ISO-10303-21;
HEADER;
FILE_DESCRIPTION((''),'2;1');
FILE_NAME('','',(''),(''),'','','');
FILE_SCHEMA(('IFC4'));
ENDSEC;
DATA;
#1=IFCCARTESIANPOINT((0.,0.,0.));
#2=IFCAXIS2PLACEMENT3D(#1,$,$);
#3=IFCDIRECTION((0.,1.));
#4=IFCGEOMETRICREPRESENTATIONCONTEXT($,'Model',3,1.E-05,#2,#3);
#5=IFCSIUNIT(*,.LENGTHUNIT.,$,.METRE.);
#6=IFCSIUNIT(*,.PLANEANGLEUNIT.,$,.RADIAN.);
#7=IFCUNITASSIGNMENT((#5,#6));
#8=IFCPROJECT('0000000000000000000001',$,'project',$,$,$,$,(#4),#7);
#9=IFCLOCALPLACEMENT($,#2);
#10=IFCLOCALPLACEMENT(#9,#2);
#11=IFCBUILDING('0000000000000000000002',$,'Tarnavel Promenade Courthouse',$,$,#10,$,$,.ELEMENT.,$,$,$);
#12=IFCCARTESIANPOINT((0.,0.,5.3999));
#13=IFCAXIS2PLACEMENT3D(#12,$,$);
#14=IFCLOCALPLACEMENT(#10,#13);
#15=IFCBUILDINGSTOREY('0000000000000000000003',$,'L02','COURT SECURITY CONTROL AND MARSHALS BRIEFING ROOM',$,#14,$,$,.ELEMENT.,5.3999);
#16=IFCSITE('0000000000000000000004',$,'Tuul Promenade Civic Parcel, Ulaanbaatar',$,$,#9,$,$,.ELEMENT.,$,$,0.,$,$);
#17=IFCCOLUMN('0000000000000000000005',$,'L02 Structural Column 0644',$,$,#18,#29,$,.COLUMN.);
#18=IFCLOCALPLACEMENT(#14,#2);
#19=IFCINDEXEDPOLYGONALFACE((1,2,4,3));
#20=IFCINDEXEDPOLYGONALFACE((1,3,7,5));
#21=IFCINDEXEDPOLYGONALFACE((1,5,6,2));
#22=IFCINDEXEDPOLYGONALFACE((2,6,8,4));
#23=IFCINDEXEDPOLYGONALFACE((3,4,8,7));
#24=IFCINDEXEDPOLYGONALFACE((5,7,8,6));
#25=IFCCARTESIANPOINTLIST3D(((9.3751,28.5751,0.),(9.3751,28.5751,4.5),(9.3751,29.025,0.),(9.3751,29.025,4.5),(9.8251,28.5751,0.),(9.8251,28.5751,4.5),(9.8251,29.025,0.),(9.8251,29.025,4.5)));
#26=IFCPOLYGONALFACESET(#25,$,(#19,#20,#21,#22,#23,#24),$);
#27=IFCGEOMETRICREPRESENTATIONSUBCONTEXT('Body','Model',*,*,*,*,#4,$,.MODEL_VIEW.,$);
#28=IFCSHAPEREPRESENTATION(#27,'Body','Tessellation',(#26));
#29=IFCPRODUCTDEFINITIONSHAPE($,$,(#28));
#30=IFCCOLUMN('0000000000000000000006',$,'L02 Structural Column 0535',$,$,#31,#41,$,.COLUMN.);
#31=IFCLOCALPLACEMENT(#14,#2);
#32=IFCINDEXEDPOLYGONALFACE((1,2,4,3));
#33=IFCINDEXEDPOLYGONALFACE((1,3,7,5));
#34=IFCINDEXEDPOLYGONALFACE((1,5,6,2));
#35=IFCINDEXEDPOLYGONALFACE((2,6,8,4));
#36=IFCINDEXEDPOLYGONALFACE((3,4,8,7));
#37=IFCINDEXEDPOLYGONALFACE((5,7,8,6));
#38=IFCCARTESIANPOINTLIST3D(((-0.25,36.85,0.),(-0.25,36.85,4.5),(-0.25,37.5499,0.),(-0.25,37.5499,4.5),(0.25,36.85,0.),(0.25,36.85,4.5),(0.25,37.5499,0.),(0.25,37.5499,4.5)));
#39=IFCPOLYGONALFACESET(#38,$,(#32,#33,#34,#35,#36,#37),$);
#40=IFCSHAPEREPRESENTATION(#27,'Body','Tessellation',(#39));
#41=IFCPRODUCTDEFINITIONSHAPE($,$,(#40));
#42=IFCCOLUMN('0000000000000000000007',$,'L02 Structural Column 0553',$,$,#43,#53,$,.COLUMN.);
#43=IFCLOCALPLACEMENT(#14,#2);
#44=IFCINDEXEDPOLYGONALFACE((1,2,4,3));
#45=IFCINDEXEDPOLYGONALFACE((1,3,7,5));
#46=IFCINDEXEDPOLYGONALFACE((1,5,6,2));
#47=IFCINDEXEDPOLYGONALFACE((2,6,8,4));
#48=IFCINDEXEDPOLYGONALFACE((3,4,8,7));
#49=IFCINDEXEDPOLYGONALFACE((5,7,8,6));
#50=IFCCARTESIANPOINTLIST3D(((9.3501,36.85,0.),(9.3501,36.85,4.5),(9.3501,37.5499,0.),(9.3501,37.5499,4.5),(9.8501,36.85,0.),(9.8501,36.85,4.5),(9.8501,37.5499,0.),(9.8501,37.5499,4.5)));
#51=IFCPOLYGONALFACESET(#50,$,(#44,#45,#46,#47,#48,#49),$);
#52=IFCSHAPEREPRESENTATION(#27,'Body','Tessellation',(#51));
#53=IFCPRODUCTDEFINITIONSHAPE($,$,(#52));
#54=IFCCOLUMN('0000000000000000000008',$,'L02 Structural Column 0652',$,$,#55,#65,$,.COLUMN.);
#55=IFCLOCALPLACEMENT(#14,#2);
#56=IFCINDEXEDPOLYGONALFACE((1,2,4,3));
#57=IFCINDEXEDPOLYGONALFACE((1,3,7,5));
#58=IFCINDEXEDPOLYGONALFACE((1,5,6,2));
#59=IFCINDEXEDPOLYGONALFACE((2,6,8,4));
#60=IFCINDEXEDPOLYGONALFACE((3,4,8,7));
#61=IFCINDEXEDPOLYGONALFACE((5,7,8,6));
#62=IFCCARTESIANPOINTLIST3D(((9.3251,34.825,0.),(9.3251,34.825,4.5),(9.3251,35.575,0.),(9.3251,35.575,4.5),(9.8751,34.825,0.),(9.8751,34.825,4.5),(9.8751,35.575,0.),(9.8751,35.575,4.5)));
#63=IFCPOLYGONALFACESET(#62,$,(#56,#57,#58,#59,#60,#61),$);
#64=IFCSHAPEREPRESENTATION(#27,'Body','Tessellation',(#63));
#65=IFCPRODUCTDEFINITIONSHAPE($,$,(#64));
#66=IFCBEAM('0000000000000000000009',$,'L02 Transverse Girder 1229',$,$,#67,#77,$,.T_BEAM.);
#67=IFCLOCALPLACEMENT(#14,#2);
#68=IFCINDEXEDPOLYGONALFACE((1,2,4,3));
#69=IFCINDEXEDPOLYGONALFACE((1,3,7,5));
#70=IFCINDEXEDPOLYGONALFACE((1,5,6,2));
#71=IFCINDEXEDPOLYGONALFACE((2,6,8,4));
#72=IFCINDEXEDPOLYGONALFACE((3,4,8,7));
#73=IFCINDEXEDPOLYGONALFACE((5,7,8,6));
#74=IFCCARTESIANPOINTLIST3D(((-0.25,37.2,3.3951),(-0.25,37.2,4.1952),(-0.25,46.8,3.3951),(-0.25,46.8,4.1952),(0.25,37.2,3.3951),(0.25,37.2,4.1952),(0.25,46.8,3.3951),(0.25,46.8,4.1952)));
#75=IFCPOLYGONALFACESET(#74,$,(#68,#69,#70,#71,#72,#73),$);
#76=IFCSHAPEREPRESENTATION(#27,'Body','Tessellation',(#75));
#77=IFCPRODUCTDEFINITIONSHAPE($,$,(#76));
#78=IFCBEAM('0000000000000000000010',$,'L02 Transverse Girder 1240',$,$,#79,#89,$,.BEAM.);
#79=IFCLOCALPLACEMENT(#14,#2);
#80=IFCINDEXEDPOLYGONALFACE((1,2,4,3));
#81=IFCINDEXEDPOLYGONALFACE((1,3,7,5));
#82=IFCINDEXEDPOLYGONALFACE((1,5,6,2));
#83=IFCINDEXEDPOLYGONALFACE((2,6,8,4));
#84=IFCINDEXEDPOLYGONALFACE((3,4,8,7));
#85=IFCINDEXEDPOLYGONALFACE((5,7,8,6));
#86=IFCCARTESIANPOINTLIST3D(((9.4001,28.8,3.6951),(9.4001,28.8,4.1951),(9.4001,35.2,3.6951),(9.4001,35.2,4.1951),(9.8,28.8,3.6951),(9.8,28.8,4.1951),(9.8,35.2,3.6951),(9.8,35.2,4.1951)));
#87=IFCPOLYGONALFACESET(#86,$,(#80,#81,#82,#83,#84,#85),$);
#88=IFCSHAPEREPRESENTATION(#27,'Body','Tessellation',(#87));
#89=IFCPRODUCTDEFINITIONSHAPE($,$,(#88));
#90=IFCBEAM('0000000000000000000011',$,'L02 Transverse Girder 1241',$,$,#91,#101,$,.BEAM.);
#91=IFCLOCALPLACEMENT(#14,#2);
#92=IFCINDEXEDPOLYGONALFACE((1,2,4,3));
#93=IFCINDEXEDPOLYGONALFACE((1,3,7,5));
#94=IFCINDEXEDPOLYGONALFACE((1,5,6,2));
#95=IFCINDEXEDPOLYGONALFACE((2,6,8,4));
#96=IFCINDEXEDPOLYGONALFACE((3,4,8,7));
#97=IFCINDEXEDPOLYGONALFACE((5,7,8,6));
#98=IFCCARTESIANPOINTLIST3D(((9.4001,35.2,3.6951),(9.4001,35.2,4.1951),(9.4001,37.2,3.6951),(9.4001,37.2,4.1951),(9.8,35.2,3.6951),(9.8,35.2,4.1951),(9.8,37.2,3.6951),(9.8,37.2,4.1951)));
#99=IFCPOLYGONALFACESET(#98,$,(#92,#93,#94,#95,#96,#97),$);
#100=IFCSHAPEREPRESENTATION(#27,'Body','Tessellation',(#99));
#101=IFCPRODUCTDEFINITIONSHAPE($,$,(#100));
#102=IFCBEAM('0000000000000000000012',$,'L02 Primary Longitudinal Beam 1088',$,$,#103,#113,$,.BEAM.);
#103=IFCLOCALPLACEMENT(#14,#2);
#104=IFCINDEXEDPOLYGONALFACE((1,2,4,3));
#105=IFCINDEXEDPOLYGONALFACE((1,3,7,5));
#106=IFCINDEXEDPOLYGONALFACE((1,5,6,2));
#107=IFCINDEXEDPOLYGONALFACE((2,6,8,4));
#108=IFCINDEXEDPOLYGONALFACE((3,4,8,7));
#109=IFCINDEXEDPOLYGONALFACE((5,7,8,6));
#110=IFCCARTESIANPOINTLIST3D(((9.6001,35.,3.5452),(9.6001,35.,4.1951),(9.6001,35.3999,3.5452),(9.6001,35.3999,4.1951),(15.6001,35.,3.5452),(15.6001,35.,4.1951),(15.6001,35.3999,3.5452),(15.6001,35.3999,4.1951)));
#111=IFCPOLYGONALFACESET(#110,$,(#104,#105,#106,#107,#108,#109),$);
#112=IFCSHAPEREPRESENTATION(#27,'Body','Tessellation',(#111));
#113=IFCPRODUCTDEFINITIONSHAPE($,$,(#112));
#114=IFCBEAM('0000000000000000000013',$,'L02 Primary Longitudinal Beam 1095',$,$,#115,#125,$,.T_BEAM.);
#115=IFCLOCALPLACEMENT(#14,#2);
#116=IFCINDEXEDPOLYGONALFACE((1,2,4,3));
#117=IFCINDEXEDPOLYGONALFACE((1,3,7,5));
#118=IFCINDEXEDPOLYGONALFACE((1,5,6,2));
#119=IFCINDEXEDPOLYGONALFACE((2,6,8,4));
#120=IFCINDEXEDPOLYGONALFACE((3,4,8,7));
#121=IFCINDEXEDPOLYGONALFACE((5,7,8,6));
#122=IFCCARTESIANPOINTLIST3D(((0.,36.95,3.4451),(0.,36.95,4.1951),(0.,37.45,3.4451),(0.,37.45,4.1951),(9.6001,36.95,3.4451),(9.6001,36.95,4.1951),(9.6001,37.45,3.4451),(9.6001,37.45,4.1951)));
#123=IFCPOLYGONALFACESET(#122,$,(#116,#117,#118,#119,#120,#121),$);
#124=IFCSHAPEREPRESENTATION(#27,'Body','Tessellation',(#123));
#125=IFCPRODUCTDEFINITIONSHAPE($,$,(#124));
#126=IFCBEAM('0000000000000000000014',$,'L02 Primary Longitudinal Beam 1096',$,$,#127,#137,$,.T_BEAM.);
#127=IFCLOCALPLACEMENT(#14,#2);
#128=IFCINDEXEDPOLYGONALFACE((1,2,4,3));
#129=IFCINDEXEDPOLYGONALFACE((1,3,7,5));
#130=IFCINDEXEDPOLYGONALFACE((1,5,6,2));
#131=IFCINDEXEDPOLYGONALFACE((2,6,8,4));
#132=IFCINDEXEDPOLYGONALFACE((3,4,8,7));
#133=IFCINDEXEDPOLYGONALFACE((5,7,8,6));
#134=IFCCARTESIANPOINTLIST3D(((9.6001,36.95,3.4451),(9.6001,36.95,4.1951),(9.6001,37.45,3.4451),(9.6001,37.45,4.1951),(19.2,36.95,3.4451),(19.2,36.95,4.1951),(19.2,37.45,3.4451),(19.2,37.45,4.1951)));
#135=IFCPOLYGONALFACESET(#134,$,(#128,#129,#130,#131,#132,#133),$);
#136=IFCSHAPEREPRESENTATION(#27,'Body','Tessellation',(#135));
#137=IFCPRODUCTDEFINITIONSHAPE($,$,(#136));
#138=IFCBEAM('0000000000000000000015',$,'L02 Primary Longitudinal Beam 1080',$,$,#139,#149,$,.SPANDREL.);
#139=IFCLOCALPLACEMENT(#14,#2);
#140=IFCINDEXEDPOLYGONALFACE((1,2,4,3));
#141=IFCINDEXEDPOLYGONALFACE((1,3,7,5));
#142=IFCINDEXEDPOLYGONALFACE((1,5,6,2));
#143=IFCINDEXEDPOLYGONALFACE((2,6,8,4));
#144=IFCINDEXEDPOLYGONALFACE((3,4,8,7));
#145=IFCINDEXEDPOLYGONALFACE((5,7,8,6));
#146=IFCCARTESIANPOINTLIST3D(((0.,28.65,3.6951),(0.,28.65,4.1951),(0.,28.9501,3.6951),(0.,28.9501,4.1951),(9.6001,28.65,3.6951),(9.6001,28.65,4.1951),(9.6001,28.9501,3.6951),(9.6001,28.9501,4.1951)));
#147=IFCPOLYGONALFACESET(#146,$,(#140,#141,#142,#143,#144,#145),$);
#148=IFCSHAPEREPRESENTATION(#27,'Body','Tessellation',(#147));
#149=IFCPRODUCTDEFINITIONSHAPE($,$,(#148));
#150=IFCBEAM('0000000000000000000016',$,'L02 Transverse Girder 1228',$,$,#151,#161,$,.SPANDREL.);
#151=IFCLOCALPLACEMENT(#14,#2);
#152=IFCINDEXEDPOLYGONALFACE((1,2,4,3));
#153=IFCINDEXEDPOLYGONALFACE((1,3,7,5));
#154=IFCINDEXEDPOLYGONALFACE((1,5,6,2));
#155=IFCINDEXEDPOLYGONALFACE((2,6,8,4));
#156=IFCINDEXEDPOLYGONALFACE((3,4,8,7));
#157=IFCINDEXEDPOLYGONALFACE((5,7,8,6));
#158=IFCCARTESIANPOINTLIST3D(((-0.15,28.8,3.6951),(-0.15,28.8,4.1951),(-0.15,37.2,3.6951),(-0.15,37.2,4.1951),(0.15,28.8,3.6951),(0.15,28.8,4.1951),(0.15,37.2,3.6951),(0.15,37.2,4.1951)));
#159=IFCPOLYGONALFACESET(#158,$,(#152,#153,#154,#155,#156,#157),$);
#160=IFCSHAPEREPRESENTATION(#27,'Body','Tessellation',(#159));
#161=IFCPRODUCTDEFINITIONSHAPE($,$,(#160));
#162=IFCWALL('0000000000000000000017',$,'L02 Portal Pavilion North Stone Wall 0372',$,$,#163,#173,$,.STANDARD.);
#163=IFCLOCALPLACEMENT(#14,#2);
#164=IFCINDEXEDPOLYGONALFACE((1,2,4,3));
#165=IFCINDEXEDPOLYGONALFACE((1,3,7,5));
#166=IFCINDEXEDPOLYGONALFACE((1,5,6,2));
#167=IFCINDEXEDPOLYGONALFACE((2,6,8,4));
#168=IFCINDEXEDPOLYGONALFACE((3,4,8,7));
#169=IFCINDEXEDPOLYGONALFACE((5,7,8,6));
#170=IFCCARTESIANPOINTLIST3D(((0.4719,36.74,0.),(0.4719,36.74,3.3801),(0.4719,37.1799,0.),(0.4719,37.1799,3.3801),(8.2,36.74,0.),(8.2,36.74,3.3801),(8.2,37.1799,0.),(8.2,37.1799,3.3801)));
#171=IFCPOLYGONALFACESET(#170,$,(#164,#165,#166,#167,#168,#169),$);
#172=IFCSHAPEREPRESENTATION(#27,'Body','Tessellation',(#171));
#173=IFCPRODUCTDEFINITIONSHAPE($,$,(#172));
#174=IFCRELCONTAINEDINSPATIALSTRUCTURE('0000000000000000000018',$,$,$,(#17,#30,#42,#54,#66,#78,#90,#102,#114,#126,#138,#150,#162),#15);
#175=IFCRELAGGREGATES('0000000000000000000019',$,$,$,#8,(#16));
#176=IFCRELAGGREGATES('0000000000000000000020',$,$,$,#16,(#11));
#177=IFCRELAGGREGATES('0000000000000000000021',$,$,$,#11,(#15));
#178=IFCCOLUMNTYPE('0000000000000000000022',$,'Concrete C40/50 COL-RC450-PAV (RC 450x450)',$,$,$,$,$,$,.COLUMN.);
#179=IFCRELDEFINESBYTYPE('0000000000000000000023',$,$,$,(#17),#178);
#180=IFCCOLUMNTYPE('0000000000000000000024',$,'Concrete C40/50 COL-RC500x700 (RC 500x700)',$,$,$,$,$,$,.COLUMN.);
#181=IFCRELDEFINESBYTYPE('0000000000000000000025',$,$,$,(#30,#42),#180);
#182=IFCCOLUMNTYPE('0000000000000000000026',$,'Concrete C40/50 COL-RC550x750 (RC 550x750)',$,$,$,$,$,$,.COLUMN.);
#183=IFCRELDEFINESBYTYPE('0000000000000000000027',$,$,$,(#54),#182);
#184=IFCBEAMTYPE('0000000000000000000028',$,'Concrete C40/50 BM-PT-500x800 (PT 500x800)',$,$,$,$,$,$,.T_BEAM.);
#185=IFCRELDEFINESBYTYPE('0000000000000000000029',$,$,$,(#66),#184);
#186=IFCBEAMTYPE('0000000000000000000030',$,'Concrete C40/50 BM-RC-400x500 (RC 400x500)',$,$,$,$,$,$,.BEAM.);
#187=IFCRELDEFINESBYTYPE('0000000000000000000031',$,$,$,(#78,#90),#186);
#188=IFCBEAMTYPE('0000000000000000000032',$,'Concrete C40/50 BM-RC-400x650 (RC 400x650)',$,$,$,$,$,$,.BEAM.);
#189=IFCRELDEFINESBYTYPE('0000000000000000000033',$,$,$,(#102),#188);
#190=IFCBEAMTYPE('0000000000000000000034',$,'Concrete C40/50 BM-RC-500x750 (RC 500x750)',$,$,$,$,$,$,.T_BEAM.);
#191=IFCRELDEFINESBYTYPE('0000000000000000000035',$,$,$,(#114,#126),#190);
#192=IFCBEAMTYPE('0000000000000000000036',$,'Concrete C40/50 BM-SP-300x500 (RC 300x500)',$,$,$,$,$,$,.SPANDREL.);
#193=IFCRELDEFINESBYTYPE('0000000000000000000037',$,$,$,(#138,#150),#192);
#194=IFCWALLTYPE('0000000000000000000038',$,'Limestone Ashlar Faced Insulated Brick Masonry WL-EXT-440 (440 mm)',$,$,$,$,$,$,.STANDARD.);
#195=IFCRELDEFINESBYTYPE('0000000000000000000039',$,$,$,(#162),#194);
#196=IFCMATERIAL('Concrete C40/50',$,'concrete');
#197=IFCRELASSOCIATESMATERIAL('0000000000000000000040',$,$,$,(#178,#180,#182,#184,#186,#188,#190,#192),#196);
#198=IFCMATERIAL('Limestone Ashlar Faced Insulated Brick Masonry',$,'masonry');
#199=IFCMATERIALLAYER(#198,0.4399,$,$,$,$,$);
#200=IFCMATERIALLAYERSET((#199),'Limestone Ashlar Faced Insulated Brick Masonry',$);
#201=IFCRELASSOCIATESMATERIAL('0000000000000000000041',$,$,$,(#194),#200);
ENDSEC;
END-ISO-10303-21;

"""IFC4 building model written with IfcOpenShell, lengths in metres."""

from ifc_helpers import new_model, si_unit, direction, frame, frame_2d, origin, origin_2d, place, context, subcontext, project, spatial, rectangle, extrude, material, layer, layer_set, material_profile, profile_set, type_object, element, save


model = new_model("IFC4")

# Units and contexts
model_context = context("Model", 3, precision=1e-05, world=origin(), true_north=direction((0.0, 1.0)))
body_context = subcontext(model_context, "Body", "Model", "MODEL_VIEW")
ifc_project = project(units=[si_unit("LENGTHUNIT", "METRE"), si_unit("PLANEANGLEUNIT", "RADIAN")], contexts=[model_context])

# Site, building, storey
site_placement = place(None, origin())
site = spatial("IfcSite", under=ifc_project, at=site_placement, Name="Tuul Promenade Civic Parcel, Ulaanbaatar", CompositionType="ELEMENT", RefElevation=0.0)
building_placement = place(site_placement, origin())
building = spatial("IfcBuilding", under=site, at=building_placement, Name="Tarnavel Promenade Courthouse", CompositionType="ELEMENT")
storey_placement = place(building_placement, frame((0.0, 0.0, 5.3999)))
storey = spatial("IfcBuildingStorey", under=building, at=storey_placement, Name="L02", Description="COURT SECURITY CONTROL AND MARSHALS BRIEFING ROOM", CompositionType="ELEMENT", Elevation=5.3999)

# Columns
ifc_material_1 = material(Name="Concrete C40/50", Category="concrete")
ifc_material_profile_1 = material_profile(ifc_material_1, rectangle(XDim=0.45, YDim=0.45, at=origin_2d()), Name="RC 450x450")
ifc_profile_set_1 = profile_set([ifc_material_profile_1], Name="Concrete C40/50")
column_type_1 = type_object("IfcColumnType", Name="Concrete C40/50 COL-RC450-PAV (RC 450x450)", PredefinedType="COLUMN", material=ifc_profile_set_1)
column_1_placement = place(storey_placement, frame((9.6001, 28.8, 0.0), z_axis=(0.0, 0.0, 1.0), x_axis=(1.0, 0.0, 0.0)))
element("IfcColumn", 1, at=column_1_placement, inside=storey, type_object=column_type_1, Name="L02 Structural Column 0644", PredefinedType="COLUMN", context=body_context, shape_type="SweptSolid", body=[
    extrude(rectangle(XDim=0.45, YDim=0.45, at=origin_2d()), origin(), (0.0, 0.0, 1.0), 4.5),
])
ifc_material_profile_2 = material_profile(ifc_material_1, rectangle(XDim=0.5, YDim=0.7, at=origin_2d()), Name="RC 500x700")
ifc_profile_set_2 = profile_set([ifc_material_profile_2], Name="Concrete C40/50")
column_type_2 = type_object("IfcColumnType", Name="Concrete C40/50 COL-RC500x700 (RC 500x700)", PredefinedType="COLUMN", material=ifc_profile_set_2)
for number, where, z_axis, x_axis, name in (
    (2, (0.0, 37.2, 0.0), (0.0, 0.0, 1.0), (1.0, 0.0, 0.0), "L02 Structural Column 0535"),
    (3, (9.6001, 37.2, 0.0), (0.0, 0.0, 1.0), (1.0, 0.0, 0.0), "L02 Structural Column 0553"),
):
    element("IfcColumn", number, at=place(storey_placement, frame(where, z_axis=z_axis, x_axis=x_axis)), inside=storey, type_object=column_type_2, Name=name, PredefinedType="COLUMN", context=body_context, shape_type="SweptSolid", body=[
        extrude(rectangle(XDim=0.5, YDim=0.7, at=origin_2d()), origin(), (0.0, 0.0, 1.0), 4.5),
    ])
ifc_material_profile_3 = material_profile(ifc_material_1, rectangle(XDim=0.55, YDim=0.75, at=origin_2d()), Name="RC 550x750")
ifc_profile_set_3 = profile_set([ifc_material_profile_3], Name="Concrete C40/50")
column_type_3 = type_object("IfcColumnType", Name="Concrete C40/50 COL-RC550x750 (RC 550x750)", PredefinedType="COLUMN", material=ifc_profile_set_3)
column_2_placement = place(storey_placement, frame((9.6001, 35.2, 0.0), z_axis=(0.0, 0.0, 1.0), x_axis=(1.0, 0.0, 0.0)))
element("IfcColumn", 4, at=column_2_placement, inside=storey, type_object=column_type_3, Name="L02 Structural Column 0652", PredefinedType="COLUMN", context=body_context, shape_type="SweptSolid", body=[
    extrude(rectangle(XDim=0.55, YDim=0.75, at=origin_2d()), origin(), (0.0, 0.0, 1.0), 4.5),
])

# Beams
ifc_material_profile_4 = material_profile(ifc_material_1, rectangle(XDim=0.5, YDim=0.8, at=origin_2d()), Name="PT 500x800")
ifc_profile_set_4 = profile_set([ifc_material_profile_4], Name="Concrete C40/50")
beam_type_1 = type_object("IfcBeamType", Name="Concrete C40/50 BM-PT-500x800 (PT 500x800)", PredefinedType="T_BEAM", material=ifc_profile_set_4)
beam_1_placement = place(storey_placement, frame((0.0, 37.2, 3.7952), z_axis=(0.0, 1.0, 0.0), x_axis=(-1.0, 0.0, 0.0)))
element("IfcBeam", 5, at=beam_1_placement, inside=storey, type_object=beam_type_1, Name="L02 Transverse Girder 1229", PredefinedType="T_BEAM", context=body_context, shape_type="SweptSolid", body=[
    extrude(rectangle(XDim=0.5, YDim=0.8, at=origin_2d()), origin(), (0.0, 0.0, 1.0), 9.6001),
])
ifc_material_profile_5 = material_profile(ifc_material_1, rectangle(XDim=0.3999, YDim=0.5, at=origin_2d()), Name="RC 400x500")
ifc_profile_set_5 = profile_set([ifc_material_profile_5], Name="Concrete C40/50")
beam_type_2 = type_object("IfcBeamType", Name="Concrete C40/50 BM-RC-400x500 (RC 400x500)", PredefinedType="BEAM", material=ifc_profile_set_5)
beam_2_placement = place(storey_placement, frame((9.6001, 28.8, 3.9451), z_axis=(0.0, 1.0, 0.0), x_axis=(-1.0, 0.0, 0.0)))
element("IfcBeam", 6, at=beam_2_placement, inside=storey, type_object=beam_type_2, Name="L02 Transverse Girder 1240", PredefinedType="BEAM", context=body_context, shape_type="SweptSolid", body=[
    extrude(rectangle(XDim=0.3999, YDim=0.5, at=origin_2d()), origin(), (0.0, 0.0, 1.0), 6.3999),
])
beam_3_placement = place(storey_placement, frame((9.6001, 35.2, 3.9451), z_axis=(0.0, 1.0, 0.0), x_axis=(-1.0, 0.0, 0.0)))
element("IfcBeam", 7, at=beam_3_placement, inside=storey, type_object=beam_type_2, Name="L02 Transverse Girder 1241", PredefinedType="BEAM", context=body_context, shape_type="SweptSolid", body=[
    extrude(rectangle(XDim=0.3999, YDim=0.5, at=origin_2d()), origin(), (0.0, 0.0, 1.0), 2.0),
])
ifc_material_profile_6 = material_profile(ifc_material_1, rectangle(XDim=0.3999, YDim=0.6499, at=origin_2d()), Name="RC 400x650")
ifc_profile_set_6 = profile_set([ifc_material_profile_6], Name="Concrete C40/50")
beam_type_3 = type_object("IfcBeamType", Name="Concrete C40/50 BM-RC-400x650 (RC 400x650)", PredefinedType="BEAM", material=ifc_profile_set_6)
beam_4_placement = place(storey_placement, frame((9.6001, 35.2, 3.8701), z_axis=(1.0, 0.0, 0.0), x_axis=(0.0, 1.0, 0.0)))
element("IfcBeam", 8, at=beam_4_placement, inside=storey, type_object=beam_type_3, Name="L02 Primary Longitudinal Beam 1088", PredefinedType="BEAM", context=body_context, shape_type="SweptSolid", body=[
    extrude(rectangle(XDim=0.3999, YDim=0.6499, at=origin_2d()), origin(), (0.0, 0.0, 1.0), 6.0),
])
ifc_material_profile_7 = material_profile(ifc_material_1, rectangle(XDim=0.5, YDim=0.75, at=origin_2d()), Name="RC 500x750")
ifc_profile_set_7 = profile_set([ifc_material_profile_7], Name="Concrete C40/50")
beam_type_4 = type_object("IfcBeamType", Name="Concrete C40/50 BM-RC-500x750 (RC 500x750)", PredefinedType="T_BEAM", material=ifc_profile_set_7)
beam_5_placement = place(storey_placement, frame((0.0, 37.2, 3.8201), z_axis=(1.0, 0.0, 0.0), x_axis=(0.0, 1.0, 0.0)))
element("IfcBeam", 9, at=beam_5_placement, inside=storey, type_object=beam_type_4, Name="L02 Primary Longitudinal Beam 1095", PredefinedType="T_BEAM", context=body_context, shape_type="SweptSolid", body=[
    extrude(rectangle(XDim=0.5, YDim=0.75, at=origin_2d()), origin(), (0.0, 0.0, 1.0), 9.6001),
])
beam_6_placement = place(storey_placement, frame((9.6001, 37.2, 3.8201), z_axis=(1.0, 0.0, 0.0), x_axis=(0.0, 1.0, 0.0)))
element("IfcBeam", 10, at=beam_6_placement, inside=storey, type_object=beam_type_4, Name="L02 Primary Longitudinal Beam 1096", PredefinedType="T_BEAM", context=body_context, shape_type="SweptSolid", body=[
    extrude(rectangle(XDim=0.5, YDim=0.75, at=origin_2d()), origin(), (0.0, 0.0, 1.0), 9.5999),
])
ifc_material_profile_8 = material_profile(ifc_material_1, rectangle(XDim=0.3, YDim=0.5, at=origin_2d()), Name="RC 300x500")
ifc_profile_set_8 = profile_set([ifc_material_profile_8], Name="Concrete C40/50")
beam_type_5 = type_object("IfcBeamType", Name="Concrete C40/50 BM-SP-300x500 (RC 300x500)", PredefinedType="SPANDREL", material=ifc_profile_set_8)
beam_7_placement = place(storey_placement, frame((0.0, 28.8, 3.9451), z_axis=(1.0, 0.0, 0.0), x_axis=(0.0, 1.0, 0.0)))
element("IfcBeam", 11, at=beam_7_placement, inside=storey, type_object=beam_type_5, Name="L02 Primary Longitudinal Beam 1080", PredefinedType="SPANDREL", context=body_context, shape_type="SweptSolid", body=[
    extrude(rectangle(XDim=0.3, YDim=0.5, at=origin_2d()), origin(), (0.0, 0.0, 1.0), 9.6001),
])
beam_8_placement = place(storey_placement, frame((0.0, 28.8, 3.9451), z_axis=(0.0, 1.0, 0.0), x_axis=(-1.0, 0.0, 0.0)))
element("IfcBeam", 12, at=beam_8_placement, inside=storey, type_object=beam_type_5, Name="L02 Transverse Girder 1228", PredefinedType="SPANDREL", context=body_context, shape_type="SweptSolid", body=[
    extrude(rectangle(XDim=0.3, YDim=0.5, at=origin_2d()), origin(), (0.0, 0.0, 1.0), 8.3999),
])

# Wall
ifc_material_2 = material(Name="Limestone Ashlar Faced Insulated Brick Masonry", Category="masonry")
ifc_layer_1 = layer(ifc_material_2, 0.4399)
ifc_layer_set_1 = layer_set([ifc_layer_1], Name="Limestone Ashlar Faced Insulated Brick Masonry")
wall_type_1 = type_object("IfcWallType", Name="Limestone Ashlar Faced Insulated Brick Masonry WL-EXT-440 (440 mm)", PredefinedType="STANDARD", material=ifc_layer_set_1)
wall_1_placement = place(storey_placement, frame((0.4719, 36.96, 0.0), z_axis=(0.0, 0.0, 1.0), x_axis=(1.0, 0.0, 0.0)))
element("IfcWall", 13, at=wall_1_placement, inside=storey, type_object=wall_type_1, Name="L02 Portal Pavilion North Stone Wall 0372", PredefinedType="STANDARD", context=body_context, shape_type="SweptSolid", body=[
    extrude(rectangle(XDim=7.728, YDim=0.4399, at=frame_2d((3.864, 0.0))), origin(), (0.0, 0.0, 1.0), 3.3801),
])

save(model, "model.ifc")
